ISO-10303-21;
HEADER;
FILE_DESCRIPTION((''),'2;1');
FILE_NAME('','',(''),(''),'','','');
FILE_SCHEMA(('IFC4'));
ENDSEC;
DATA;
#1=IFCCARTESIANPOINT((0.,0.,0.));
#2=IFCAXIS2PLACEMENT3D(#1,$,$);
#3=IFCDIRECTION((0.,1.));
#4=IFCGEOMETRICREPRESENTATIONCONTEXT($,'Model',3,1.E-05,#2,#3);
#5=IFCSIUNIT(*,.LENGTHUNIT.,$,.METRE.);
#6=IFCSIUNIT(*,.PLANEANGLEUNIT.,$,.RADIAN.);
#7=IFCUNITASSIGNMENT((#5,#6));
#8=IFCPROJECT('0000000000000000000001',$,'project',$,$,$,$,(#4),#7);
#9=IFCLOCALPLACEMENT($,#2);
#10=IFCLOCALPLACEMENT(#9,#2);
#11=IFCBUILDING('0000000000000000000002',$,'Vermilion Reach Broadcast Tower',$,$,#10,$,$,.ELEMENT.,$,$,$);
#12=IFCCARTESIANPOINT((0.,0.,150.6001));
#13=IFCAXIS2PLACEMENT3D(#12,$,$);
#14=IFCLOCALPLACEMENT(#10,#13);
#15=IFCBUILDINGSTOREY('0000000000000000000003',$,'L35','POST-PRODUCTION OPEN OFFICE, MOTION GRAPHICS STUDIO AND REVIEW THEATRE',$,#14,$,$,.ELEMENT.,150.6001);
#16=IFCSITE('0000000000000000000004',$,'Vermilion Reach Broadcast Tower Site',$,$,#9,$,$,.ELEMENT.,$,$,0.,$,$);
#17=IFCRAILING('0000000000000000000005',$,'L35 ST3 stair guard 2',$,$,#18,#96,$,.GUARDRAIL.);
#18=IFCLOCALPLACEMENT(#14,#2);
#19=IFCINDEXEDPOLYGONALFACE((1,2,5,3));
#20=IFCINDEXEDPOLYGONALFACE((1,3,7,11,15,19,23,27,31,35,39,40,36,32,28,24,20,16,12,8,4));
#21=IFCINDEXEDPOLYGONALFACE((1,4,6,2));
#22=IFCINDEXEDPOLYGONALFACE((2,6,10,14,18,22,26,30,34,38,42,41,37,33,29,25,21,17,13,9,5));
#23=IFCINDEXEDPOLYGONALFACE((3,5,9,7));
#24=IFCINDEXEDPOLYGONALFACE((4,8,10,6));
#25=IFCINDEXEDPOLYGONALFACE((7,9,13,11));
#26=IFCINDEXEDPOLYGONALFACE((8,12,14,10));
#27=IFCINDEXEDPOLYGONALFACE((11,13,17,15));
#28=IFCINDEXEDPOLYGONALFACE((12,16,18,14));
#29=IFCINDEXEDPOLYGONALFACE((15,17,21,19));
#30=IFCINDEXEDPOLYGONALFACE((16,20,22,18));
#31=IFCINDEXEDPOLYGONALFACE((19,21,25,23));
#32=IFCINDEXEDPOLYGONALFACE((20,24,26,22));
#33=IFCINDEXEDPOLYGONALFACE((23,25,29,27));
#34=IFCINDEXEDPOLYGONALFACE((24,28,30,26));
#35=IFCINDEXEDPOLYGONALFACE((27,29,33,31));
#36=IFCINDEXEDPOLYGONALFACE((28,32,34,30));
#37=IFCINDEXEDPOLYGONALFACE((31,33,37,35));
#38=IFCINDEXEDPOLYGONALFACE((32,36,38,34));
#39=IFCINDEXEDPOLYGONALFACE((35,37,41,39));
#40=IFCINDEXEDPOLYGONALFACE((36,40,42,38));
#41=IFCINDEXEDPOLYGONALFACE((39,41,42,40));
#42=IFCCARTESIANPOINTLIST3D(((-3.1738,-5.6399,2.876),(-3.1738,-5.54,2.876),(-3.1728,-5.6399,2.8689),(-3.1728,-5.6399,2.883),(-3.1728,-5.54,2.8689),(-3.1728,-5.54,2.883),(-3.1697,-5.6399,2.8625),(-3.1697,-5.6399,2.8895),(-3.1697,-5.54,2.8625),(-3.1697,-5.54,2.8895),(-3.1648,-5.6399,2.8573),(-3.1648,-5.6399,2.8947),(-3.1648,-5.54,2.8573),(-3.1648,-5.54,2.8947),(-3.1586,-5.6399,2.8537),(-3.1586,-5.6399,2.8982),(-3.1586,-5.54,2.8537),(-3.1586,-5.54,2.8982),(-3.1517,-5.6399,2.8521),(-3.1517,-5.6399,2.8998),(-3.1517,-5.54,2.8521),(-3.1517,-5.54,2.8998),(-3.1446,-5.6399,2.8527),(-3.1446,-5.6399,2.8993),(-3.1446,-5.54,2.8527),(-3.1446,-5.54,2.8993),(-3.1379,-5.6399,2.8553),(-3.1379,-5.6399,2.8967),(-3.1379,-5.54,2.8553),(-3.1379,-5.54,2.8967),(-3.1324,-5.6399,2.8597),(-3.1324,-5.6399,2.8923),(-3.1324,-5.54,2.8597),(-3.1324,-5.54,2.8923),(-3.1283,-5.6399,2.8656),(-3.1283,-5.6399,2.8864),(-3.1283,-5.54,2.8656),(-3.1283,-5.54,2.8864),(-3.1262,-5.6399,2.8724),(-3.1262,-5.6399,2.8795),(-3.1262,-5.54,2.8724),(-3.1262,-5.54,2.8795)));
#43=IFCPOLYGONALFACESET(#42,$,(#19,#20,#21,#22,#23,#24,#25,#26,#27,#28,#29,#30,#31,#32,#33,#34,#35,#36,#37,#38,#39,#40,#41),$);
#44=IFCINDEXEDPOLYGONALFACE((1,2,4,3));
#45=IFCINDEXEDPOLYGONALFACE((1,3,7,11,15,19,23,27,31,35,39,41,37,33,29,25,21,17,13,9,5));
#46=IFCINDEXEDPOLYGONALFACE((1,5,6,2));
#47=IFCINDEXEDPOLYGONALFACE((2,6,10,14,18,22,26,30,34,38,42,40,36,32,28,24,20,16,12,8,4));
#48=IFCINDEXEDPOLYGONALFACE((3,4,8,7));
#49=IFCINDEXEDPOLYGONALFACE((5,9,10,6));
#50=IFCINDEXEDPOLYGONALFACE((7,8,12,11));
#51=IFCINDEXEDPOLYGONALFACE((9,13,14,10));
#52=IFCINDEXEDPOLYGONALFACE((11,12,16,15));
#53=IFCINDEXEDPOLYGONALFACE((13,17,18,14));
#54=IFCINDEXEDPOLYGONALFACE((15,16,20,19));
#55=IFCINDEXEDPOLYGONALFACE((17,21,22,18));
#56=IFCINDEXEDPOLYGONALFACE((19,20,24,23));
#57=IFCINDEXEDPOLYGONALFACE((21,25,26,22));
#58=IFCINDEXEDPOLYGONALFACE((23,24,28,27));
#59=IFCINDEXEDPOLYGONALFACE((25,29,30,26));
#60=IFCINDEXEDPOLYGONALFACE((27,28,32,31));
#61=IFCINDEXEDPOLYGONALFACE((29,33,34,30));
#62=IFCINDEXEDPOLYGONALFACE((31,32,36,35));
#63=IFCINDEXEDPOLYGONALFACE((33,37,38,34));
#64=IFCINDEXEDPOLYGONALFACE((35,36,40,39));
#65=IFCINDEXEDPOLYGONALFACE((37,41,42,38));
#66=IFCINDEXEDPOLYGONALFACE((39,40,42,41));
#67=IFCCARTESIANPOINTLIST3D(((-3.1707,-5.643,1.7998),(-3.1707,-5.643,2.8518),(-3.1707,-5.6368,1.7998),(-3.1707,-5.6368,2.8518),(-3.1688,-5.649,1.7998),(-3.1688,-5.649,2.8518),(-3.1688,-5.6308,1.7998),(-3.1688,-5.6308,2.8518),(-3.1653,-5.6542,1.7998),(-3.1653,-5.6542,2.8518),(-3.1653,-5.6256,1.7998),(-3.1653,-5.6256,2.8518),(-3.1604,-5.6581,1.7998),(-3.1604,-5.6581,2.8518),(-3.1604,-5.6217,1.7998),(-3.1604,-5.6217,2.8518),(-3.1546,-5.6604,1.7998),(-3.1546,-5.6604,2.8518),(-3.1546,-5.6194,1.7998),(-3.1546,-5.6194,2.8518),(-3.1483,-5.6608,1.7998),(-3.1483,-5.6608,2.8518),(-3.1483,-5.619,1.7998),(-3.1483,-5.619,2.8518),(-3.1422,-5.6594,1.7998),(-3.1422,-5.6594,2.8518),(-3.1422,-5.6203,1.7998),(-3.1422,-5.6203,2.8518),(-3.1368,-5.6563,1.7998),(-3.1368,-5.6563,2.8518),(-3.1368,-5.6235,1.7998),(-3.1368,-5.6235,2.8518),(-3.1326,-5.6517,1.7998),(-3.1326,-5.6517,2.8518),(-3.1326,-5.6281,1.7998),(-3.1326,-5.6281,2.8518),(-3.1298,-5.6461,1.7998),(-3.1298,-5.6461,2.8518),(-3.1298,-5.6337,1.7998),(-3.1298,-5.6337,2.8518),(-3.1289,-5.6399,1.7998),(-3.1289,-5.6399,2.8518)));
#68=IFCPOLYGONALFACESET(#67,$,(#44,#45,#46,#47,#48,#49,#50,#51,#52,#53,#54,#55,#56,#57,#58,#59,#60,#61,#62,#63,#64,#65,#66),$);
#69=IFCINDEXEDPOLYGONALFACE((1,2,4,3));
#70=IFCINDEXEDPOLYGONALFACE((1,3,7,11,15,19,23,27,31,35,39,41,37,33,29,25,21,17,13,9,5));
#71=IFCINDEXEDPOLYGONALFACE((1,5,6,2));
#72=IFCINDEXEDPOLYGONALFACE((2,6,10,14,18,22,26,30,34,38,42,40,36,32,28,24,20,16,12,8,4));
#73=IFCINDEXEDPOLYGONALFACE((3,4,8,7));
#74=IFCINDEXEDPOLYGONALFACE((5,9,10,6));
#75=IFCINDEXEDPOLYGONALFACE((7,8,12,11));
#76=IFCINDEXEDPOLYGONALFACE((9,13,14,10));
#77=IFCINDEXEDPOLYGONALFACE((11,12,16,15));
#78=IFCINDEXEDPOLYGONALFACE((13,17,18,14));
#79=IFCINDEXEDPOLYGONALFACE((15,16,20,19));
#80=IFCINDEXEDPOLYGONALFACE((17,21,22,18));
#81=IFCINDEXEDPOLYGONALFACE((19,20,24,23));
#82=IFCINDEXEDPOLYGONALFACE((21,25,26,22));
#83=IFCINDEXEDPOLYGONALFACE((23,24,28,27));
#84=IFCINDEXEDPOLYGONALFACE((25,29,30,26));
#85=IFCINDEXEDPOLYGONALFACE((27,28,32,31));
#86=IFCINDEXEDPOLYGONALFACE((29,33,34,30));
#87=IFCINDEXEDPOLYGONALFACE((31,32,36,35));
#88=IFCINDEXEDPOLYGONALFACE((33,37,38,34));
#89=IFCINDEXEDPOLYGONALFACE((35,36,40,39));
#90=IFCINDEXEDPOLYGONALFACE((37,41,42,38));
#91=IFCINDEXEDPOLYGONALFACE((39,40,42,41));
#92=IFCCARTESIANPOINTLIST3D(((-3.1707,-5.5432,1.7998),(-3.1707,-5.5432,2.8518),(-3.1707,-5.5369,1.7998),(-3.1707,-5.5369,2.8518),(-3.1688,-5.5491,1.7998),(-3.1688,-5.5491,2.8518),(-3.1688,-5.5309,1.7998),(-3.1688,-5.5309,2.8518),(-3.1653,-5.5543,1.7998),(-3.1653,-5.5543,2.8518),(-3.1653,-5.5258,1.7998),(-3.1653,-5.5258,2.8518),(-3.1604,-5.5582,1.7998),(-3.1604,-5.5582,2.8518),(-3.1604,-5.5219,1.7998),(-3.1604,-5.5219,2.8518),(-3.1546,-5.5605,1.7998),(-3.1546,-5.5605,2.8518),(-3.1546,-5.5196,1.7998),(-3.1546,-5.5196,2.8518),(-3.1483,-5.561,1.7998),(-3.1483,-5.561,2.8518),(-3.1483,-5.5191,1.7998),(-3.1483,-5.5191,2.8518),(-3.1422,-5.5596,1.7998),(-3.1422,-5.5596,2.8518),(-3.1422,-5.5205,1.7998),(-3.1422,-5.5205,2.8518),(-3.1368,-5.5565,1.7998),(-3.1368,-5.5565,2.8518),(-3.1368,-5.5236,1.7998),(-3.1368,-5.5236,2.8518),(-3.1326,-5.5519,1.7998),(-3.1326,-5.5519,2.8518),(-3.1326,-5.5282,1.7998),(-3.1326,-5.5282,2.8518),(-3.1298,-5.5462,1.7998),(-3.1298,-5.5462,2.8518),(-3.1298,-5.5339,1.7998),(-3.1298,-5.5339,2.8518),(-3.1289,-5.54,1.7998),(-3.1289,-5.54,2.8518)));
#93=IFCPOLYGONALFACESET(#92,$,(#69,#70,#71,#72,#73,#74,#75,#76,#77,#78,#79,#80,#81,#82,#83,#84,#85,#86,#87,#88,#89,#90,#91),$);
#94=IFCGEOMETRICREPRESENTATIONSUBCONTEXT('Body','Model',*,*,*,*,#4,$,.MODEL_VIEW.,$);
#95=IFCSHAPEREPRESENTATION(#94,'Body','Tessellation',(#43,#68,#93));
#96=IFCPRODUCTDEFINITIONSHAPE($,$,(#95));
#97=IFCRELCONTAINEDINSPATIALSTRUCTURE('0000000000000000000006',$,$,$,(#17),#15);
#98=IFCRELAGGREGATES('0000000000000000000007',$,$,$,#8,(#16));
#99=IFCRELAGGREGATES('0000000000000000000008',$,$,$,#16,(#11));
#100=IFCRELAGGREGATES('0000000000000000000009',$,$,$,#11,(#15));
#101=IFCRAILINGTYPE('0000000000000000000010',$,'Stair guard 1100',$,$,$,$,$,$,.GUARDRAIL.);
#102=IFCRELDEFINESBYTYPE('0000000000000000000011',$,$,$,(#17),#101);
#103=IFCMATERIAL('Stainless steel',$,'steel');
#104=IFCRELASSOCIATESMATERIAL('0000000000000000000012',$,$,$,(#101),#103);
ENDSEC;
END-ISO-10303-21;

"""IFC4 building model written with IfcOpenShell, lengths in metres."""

from ifc_helpers import new_model, si_unit, direction, frame, origin, origin_2d, place, context, subcontext, project, spatial, circle, extrude, material, type_object, element, save


model = new_model("IFC4")

# Units and contexts
model_context = context("Model", 3, precision=1e-05, world=origin(), true_north=direction((0.0, 1.0)))
body_context = subcontext(model_context, "Body", "Model", "MODEL_VIEW")
ifc_project = project(units=[si_unit("LENGTHUNIT", "METRE"), si_unit("PLANEANGLEUNIT", "RADIAN")], contexts=[model_context])

# Site, building, storey
site_placement = place(None, origin())
site = spatial("IfcSite", under=ifc_project, at=site_placement, Name="Vermilion Reach Broadcast Tower Site", CompositionType="ELEMENT", RefElevation=0.0)
building_placement = place(site_placement, origin())
building = spatial("IfcBuilding", under=site, at=building_placement, Name="Vermilion Reach Broadcast Tower", CompositionType="ELEMENT")
storey_placement = place(building_placement, frame((0.0, 0.0, 150.6001)))
storey = spatial("IfcBuildingStorey", under=building, at=storey_placement, Name="L35", Description="POST-PRODUCTION OPEN OFFICE, MOTION GRAPHICS STUDIO AND REVIEW THEATRE", CompositionType="ELEMENT", Elevation=150.6001)

# Railing
ifc_material_1 = material(Name="Stainless steel", Category="steel")
railing_type_1 = type_object("IfcRailingType", Name="Stair guard 1100", PredefinedType="GUARDRAIL", material=ifc_material_1)
railing_1_placement = place(storey_placement, frame((-3.1499, -5.6399, 1.7998)))
element("IfcRailing", 1, at=railing_1_placement, inside=storey, type_object=railing_type_1, Name="L35 ST3 stair guard 2", PredefinedType="GUARDRAIL", context=body_context, shape_type="SweptSolid", body=[
    extrude(circle(Radius=0.0239, at=origin_2d()), frame((0.0, 0.0, 1.0762), z_axis=(0.0, 1.0, 0.0), x_axis=(-1.0, 0.0, 0.0)), (0.0, 0.0, 1.0), 0.0999),
    extrude(circle(Radius=0.021, at=origin_2d()), origin(), (0.0, 0.0, 1.0), 1.052),
    extrude(circle(Radius=0.021, at=origin_2d()), frame((0.0, 0.0999, 0.0)), (0.0, 0.0, 1.0), 1.052),
])

save(model, "model.ifc")
